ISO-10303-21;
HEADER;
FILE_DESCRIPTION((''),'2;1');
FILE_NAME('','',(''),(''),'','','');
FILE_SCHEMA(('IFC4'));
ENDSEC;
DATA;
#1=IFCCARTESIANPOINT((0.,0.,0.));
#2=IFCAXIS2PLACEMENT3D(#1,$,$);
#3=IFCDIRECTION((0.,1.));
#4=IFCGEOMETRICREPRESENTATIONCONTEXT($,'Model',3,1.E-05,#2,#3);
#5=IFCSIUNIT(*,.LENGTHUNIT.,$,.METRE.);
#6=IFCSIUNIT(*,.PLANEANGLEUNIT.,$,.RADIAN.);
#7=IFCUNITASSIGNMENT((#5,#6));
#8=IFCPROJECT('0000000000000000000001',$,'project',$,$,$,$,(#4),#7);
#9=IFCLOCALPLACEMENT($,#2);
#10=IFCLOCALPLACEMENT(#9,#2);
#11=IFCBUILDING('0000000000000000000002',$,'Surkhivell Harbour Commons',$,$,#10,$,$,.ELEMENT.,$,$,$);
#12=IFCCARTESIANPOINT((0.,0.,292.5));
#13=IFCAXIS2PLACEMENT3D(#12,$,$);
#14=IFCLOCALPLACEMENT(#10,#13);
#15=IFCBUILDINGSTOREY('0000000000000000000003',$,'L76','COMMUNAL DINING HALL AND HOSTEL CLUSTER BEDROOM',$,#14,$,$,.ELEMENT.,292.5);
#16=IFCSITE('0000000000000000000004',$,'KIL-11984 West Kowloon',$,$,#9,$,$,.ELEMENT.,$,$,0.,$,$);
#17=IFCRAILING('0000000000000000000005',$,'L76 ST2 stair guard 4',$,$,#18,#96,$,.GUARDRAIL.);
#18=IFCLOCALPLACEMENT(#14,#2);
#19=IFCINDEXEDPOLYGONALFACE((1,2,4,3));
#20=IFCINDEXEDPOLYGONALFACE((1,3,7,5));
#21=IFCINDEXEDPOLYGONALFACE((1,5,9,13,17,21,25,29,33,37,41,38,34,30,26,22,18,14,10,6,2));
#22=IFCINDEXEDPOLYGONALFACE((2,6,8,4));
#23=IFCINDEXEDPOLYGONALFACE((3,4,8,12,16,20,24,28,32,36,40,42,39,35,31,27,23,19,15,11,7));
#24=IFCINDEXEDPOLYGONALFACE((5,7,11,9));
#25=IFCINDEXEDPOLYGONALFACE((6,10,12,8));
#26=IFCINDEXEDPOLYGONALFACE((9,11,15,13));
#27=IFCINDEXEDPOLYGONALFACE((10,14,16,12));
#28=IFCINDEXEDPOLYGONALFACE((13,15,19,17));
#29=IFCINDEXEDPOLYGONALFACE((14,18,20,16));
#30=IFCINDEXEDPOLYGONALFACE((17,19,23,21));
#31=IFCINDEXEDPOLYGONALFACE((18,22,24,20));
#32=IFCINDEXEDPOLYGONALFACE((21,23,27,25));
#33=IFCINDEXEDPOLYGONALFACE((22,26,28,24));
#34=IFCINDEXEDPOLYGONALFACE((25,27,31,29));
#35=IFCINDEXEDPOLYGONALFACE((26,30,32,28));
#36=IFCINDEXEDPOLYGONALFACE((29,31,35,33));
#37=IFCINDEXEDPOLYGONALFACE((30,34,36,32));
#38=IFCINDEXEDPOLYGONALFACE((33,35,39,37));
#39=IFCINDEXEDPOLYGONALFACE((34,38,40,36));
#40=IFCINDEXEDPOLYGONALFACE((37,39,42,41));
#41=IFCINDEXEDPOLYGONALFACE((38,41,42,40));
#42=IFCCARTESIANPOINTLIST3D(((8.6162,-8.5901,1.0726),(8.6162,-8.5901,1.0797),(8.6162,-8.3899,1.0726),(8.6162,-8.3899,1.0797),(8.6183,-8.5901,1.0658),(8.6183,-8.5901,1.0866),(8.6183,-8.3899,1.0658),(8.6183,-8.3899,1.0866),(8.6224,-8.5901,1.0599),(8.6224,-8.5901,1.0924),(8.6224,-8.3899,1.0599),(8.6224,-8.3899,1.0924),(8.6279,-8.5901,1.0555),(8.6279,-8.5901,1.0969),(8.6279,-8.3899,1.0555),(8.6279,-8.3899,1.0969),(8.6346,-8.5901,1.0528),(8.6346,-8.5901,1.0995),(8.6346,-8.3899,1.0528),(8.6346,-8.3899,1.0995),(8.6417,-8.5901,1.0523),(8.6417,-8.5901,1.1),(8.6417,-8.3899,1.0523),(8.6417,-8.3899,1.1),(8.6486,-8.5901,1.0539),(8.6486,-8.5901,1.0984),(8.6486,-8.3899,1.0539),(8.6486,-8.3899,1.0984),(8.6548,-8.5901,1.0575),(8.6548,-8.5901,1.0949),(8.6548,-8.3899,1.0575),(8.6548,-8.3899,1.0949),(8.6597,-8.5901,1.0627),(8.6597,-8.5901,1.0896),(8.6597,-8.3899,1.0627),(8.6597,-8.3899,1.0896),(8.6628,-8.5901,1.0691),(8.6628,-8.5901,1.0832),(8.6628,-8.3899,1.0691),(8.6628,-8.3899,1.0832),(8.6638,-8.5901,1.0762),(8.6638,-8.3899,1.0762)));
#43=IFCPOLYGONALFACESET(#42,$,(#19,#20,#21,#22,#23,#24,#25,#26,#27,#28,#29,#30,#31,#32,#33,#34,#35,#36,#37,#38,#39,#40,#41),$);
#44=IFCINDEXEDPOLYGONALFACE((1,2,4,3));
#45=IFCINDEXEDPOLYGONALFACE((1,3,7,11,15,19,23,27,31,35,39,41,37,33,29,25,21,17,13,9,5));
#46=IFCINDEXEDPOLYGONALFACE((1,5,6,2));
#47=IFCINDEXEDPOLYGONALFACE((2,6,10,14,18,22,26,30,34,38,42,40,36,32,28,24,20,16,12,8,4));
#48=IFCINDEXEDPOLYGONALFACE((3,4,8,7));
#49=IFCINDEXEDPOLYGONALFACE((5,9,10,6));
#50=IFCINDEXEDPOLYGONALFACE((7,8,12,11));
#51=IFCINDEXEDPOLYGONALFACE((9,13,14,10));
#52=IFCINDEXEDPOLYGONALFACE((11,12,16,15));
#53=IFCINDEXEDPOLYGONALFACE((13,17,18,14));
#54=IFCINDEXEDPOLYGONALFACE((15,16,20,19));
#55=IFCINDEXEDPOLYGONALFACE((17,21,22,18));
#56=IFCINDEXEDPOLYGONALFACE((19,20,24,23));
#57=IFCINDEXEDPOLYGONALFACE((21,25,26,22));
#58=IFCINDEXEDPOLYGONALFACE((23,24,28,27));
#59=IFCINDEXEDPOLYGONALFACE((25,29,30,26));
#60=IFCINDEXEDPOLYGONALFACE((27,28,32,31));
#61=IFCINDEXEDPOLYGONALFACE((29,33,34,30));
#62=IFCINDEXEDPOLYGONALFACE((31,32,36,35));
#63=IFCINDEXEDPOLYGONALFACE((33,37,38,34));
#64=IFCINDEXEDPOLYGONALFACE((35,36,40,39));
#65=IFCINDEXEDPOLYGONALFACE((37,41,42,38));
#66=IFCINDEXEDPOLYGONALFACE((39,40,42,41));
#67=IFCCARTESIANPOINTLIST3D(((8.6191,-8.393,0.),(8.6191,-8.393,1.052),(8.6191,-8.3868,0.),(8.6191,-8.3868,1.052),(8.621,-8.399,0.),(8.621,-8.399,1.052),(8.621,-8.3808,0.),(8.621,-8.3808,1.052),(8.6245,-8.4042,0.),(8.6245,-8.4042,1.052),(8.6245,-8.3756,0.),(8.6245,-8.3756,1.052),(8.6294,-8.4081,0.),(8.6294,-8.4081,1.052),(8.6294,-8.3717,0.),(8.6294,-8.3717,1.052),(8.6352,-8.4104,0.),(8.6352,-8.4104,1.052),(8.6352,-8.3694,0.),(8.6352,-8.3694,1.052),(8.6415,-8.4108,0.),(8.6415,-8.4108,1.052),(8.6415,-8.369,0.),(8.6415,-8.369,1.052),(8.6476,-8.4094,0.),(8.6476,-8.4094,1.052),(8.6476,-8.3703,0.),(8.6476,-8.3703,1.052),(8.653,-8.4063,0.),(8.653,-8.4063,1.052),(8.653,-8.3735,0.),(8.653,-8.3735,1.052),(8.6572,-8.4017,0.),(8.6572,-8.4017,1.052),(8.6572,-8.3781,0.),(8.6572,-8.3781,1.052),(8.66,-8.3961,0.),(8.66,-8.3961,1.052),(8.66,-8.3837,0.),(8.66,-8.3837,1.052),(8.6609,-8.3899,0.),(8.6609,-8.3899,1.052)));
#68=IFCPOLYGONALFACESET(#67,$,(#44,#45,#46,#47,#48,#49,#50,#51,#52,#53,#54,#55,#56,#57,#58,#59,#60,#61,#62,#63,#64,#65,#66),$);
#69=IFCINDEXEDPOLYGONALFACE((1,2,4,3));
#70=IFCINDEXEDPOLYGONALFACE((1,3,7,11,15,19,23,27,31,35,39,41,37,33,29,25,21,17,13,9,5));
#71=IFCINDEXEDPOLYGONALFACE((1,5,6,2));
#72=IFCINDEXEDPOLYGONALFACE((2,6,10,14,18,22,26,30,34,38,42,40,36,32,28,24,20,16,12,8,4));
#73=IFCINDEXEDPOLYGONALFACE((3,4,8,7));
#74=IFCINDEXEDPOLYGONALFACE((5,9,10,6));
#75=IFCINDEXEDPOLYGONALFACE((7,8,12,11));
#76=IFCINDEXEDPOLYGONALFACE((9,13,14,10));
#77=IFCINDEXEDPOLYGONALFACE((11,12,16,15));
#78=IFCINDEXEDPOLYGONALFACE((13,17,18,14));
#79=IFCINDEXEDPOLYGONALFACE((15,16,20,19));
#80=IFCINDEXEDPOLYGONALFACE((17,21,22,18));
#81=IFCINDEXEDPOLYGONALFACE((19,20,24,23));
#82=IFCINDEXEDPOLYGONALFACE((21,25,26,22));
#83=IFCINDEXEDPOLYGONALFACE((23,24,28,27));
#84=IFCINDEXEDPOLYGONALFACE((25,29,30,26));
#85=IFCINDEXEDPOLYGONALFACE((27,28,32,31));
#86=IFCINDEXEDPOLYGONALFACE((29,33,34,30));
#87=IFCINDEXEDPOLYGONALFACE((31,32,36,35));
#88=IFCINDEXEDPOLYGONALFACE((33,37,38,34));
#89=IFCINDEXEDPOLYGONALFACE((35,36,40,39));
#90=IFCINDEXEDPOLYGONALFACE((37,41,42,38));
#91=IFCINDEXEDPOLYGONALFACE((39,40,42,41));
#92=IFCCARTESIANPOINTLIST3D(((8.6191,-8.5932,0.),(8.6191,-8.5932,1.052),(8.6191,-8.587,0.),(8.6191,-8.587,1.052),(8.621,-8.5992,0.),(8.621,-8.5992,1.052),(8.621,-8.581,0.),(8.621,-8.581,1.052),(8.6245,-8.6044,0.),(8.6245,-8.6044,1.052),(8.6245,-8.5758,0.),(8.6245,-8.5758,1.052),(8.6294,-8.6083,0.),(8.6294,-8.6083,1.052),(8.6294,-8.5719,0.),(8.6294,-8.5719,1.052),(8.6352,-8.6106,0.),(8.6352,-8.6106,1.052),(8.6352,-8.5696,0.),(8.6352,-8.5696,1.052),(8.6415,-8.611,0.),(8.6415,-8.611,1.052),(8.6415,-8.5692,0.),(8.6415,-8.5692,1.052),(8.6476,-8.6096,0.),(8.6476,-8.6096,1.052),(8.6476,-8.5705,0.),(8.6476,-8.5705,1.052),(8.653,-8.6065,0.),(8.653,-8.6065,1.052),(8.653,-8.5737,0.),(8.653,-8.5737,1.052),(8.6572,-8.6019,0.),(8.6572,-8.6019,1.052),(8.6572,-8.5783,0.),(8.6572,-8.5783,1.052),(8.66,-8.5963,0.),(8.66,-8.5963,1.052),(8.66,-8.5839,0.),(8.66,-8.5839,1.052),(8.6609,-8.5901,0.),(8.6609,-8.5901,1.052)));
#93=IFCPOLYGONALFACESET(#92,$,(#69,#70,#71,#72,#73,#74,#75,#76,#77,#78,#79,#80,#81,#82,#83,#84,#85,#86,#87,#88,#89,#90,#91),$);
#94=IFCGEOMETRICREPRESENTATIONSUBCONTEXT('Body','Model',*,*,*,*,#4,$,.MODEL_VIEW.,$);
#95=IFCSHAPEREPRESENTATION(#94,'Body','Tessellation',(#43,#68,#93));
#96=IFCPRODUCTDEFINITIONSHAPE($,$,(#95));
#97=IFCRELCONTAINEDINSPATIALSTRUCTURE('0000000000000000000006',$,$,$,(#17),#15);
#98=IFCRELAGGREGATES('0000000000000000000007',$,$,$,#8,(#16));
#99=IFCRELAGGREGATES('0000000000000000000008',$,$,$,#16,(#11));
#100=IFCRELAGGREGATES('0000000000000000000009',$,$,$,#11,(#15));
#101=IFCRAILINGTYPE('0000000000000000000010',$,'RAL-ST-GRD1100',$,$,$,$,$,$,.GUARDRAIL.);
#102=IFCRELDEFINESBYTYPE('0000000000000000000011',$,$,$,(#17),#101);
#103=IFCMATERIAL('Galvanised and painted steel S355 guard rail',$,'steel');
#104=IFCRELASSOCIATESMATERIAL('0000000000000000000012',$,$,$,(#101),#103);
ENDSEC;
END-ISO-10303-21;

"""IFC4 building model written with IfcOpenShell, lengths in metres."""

from ifc_helpers import new_model, si_unit, direction, frame, origin, origin_2d, place, context, subcontext, project, spatial, circle, extrude, material, type_object, element, save


model = new_model("IFC4")

# Units and contexts
model_context = context("Model", 3, precision=1e-05, world=origin(), true_north=direction((0.0, 1.0)))
body_context = subcontext(model_context, "Body", "Model", "MODEL_VIEW")
ifc_project = project(units=[si_unit("LENGTHUNIT", "METRE"), si_unit("PLANEANGLEUNIT", "RADIAN")], contexts=[model_context])

# Site, building, storey
site_placement = place(None, origin())
site = spatial("IfcSite", under=ifc_project, at=site_placement, Name="KIL-11984 West Kowloon", CompositionType="ELEMENT", RefElevation=0.0)
building_placement = place(site_placement, origin())
building = spatial("IfcBuilding", under=site, at=building_placement, Name="Surkhivell Harbour Commons", CompositionType="ELEMENT")
storey_placement = place(building_placement, frame((0.0, 0.0, 292.5)))
storey = spatial("IfcBuildingStorey", under=building, at=storey_placement, Name="L76", Description="COMMUNAL DINING HALL AND HOSTEL CLUSTER BEDROOM", CompositionType="ELEMENT", Elevation=292.5)

# Railing
ifc_material_1 = material(Name="Galvanised and painted steel S355 guard rail", Category="steel")
railing_type_1 = type_object("IfcRailingType", Name="RAL-ST-GRD1100", PredefinedType="GUARDRAIL", material=ifc_material_1)
railing_1_placement = place(storey_placement, frame((8.6399, -8.3899, 0.0)))
element("IfcRailing", 1, at=railing_1_placement, inside=storey, type_object=railing_type_1, Name="L76 ST2 stair guard 4", PredefinedType="GUARDRAIL", context=body_context, shape_type="SweptSolid", body=[
    extrude(circle(Radius=0.0239, at=origin_2d()), frame((0.0, 0.0, 1.0762), z_axis=(0.0, -1.0, 0.0), x_axis=(1.0, 0.0, 0.0)), (0.0, 0.0, 1.0), 0.2002),
    extrude(circle(Radius=0.021, at=origin_2d()), origin(), (0.0, 0.0, 1.0), 1.052),
    extrude(circle(Radius=0.021, at=origin_2d()), frame((0.0, -0.2002, 0.0)), (0.0, 0.0, 1.0), 1.052),
])

save(model, "model.ifc")
